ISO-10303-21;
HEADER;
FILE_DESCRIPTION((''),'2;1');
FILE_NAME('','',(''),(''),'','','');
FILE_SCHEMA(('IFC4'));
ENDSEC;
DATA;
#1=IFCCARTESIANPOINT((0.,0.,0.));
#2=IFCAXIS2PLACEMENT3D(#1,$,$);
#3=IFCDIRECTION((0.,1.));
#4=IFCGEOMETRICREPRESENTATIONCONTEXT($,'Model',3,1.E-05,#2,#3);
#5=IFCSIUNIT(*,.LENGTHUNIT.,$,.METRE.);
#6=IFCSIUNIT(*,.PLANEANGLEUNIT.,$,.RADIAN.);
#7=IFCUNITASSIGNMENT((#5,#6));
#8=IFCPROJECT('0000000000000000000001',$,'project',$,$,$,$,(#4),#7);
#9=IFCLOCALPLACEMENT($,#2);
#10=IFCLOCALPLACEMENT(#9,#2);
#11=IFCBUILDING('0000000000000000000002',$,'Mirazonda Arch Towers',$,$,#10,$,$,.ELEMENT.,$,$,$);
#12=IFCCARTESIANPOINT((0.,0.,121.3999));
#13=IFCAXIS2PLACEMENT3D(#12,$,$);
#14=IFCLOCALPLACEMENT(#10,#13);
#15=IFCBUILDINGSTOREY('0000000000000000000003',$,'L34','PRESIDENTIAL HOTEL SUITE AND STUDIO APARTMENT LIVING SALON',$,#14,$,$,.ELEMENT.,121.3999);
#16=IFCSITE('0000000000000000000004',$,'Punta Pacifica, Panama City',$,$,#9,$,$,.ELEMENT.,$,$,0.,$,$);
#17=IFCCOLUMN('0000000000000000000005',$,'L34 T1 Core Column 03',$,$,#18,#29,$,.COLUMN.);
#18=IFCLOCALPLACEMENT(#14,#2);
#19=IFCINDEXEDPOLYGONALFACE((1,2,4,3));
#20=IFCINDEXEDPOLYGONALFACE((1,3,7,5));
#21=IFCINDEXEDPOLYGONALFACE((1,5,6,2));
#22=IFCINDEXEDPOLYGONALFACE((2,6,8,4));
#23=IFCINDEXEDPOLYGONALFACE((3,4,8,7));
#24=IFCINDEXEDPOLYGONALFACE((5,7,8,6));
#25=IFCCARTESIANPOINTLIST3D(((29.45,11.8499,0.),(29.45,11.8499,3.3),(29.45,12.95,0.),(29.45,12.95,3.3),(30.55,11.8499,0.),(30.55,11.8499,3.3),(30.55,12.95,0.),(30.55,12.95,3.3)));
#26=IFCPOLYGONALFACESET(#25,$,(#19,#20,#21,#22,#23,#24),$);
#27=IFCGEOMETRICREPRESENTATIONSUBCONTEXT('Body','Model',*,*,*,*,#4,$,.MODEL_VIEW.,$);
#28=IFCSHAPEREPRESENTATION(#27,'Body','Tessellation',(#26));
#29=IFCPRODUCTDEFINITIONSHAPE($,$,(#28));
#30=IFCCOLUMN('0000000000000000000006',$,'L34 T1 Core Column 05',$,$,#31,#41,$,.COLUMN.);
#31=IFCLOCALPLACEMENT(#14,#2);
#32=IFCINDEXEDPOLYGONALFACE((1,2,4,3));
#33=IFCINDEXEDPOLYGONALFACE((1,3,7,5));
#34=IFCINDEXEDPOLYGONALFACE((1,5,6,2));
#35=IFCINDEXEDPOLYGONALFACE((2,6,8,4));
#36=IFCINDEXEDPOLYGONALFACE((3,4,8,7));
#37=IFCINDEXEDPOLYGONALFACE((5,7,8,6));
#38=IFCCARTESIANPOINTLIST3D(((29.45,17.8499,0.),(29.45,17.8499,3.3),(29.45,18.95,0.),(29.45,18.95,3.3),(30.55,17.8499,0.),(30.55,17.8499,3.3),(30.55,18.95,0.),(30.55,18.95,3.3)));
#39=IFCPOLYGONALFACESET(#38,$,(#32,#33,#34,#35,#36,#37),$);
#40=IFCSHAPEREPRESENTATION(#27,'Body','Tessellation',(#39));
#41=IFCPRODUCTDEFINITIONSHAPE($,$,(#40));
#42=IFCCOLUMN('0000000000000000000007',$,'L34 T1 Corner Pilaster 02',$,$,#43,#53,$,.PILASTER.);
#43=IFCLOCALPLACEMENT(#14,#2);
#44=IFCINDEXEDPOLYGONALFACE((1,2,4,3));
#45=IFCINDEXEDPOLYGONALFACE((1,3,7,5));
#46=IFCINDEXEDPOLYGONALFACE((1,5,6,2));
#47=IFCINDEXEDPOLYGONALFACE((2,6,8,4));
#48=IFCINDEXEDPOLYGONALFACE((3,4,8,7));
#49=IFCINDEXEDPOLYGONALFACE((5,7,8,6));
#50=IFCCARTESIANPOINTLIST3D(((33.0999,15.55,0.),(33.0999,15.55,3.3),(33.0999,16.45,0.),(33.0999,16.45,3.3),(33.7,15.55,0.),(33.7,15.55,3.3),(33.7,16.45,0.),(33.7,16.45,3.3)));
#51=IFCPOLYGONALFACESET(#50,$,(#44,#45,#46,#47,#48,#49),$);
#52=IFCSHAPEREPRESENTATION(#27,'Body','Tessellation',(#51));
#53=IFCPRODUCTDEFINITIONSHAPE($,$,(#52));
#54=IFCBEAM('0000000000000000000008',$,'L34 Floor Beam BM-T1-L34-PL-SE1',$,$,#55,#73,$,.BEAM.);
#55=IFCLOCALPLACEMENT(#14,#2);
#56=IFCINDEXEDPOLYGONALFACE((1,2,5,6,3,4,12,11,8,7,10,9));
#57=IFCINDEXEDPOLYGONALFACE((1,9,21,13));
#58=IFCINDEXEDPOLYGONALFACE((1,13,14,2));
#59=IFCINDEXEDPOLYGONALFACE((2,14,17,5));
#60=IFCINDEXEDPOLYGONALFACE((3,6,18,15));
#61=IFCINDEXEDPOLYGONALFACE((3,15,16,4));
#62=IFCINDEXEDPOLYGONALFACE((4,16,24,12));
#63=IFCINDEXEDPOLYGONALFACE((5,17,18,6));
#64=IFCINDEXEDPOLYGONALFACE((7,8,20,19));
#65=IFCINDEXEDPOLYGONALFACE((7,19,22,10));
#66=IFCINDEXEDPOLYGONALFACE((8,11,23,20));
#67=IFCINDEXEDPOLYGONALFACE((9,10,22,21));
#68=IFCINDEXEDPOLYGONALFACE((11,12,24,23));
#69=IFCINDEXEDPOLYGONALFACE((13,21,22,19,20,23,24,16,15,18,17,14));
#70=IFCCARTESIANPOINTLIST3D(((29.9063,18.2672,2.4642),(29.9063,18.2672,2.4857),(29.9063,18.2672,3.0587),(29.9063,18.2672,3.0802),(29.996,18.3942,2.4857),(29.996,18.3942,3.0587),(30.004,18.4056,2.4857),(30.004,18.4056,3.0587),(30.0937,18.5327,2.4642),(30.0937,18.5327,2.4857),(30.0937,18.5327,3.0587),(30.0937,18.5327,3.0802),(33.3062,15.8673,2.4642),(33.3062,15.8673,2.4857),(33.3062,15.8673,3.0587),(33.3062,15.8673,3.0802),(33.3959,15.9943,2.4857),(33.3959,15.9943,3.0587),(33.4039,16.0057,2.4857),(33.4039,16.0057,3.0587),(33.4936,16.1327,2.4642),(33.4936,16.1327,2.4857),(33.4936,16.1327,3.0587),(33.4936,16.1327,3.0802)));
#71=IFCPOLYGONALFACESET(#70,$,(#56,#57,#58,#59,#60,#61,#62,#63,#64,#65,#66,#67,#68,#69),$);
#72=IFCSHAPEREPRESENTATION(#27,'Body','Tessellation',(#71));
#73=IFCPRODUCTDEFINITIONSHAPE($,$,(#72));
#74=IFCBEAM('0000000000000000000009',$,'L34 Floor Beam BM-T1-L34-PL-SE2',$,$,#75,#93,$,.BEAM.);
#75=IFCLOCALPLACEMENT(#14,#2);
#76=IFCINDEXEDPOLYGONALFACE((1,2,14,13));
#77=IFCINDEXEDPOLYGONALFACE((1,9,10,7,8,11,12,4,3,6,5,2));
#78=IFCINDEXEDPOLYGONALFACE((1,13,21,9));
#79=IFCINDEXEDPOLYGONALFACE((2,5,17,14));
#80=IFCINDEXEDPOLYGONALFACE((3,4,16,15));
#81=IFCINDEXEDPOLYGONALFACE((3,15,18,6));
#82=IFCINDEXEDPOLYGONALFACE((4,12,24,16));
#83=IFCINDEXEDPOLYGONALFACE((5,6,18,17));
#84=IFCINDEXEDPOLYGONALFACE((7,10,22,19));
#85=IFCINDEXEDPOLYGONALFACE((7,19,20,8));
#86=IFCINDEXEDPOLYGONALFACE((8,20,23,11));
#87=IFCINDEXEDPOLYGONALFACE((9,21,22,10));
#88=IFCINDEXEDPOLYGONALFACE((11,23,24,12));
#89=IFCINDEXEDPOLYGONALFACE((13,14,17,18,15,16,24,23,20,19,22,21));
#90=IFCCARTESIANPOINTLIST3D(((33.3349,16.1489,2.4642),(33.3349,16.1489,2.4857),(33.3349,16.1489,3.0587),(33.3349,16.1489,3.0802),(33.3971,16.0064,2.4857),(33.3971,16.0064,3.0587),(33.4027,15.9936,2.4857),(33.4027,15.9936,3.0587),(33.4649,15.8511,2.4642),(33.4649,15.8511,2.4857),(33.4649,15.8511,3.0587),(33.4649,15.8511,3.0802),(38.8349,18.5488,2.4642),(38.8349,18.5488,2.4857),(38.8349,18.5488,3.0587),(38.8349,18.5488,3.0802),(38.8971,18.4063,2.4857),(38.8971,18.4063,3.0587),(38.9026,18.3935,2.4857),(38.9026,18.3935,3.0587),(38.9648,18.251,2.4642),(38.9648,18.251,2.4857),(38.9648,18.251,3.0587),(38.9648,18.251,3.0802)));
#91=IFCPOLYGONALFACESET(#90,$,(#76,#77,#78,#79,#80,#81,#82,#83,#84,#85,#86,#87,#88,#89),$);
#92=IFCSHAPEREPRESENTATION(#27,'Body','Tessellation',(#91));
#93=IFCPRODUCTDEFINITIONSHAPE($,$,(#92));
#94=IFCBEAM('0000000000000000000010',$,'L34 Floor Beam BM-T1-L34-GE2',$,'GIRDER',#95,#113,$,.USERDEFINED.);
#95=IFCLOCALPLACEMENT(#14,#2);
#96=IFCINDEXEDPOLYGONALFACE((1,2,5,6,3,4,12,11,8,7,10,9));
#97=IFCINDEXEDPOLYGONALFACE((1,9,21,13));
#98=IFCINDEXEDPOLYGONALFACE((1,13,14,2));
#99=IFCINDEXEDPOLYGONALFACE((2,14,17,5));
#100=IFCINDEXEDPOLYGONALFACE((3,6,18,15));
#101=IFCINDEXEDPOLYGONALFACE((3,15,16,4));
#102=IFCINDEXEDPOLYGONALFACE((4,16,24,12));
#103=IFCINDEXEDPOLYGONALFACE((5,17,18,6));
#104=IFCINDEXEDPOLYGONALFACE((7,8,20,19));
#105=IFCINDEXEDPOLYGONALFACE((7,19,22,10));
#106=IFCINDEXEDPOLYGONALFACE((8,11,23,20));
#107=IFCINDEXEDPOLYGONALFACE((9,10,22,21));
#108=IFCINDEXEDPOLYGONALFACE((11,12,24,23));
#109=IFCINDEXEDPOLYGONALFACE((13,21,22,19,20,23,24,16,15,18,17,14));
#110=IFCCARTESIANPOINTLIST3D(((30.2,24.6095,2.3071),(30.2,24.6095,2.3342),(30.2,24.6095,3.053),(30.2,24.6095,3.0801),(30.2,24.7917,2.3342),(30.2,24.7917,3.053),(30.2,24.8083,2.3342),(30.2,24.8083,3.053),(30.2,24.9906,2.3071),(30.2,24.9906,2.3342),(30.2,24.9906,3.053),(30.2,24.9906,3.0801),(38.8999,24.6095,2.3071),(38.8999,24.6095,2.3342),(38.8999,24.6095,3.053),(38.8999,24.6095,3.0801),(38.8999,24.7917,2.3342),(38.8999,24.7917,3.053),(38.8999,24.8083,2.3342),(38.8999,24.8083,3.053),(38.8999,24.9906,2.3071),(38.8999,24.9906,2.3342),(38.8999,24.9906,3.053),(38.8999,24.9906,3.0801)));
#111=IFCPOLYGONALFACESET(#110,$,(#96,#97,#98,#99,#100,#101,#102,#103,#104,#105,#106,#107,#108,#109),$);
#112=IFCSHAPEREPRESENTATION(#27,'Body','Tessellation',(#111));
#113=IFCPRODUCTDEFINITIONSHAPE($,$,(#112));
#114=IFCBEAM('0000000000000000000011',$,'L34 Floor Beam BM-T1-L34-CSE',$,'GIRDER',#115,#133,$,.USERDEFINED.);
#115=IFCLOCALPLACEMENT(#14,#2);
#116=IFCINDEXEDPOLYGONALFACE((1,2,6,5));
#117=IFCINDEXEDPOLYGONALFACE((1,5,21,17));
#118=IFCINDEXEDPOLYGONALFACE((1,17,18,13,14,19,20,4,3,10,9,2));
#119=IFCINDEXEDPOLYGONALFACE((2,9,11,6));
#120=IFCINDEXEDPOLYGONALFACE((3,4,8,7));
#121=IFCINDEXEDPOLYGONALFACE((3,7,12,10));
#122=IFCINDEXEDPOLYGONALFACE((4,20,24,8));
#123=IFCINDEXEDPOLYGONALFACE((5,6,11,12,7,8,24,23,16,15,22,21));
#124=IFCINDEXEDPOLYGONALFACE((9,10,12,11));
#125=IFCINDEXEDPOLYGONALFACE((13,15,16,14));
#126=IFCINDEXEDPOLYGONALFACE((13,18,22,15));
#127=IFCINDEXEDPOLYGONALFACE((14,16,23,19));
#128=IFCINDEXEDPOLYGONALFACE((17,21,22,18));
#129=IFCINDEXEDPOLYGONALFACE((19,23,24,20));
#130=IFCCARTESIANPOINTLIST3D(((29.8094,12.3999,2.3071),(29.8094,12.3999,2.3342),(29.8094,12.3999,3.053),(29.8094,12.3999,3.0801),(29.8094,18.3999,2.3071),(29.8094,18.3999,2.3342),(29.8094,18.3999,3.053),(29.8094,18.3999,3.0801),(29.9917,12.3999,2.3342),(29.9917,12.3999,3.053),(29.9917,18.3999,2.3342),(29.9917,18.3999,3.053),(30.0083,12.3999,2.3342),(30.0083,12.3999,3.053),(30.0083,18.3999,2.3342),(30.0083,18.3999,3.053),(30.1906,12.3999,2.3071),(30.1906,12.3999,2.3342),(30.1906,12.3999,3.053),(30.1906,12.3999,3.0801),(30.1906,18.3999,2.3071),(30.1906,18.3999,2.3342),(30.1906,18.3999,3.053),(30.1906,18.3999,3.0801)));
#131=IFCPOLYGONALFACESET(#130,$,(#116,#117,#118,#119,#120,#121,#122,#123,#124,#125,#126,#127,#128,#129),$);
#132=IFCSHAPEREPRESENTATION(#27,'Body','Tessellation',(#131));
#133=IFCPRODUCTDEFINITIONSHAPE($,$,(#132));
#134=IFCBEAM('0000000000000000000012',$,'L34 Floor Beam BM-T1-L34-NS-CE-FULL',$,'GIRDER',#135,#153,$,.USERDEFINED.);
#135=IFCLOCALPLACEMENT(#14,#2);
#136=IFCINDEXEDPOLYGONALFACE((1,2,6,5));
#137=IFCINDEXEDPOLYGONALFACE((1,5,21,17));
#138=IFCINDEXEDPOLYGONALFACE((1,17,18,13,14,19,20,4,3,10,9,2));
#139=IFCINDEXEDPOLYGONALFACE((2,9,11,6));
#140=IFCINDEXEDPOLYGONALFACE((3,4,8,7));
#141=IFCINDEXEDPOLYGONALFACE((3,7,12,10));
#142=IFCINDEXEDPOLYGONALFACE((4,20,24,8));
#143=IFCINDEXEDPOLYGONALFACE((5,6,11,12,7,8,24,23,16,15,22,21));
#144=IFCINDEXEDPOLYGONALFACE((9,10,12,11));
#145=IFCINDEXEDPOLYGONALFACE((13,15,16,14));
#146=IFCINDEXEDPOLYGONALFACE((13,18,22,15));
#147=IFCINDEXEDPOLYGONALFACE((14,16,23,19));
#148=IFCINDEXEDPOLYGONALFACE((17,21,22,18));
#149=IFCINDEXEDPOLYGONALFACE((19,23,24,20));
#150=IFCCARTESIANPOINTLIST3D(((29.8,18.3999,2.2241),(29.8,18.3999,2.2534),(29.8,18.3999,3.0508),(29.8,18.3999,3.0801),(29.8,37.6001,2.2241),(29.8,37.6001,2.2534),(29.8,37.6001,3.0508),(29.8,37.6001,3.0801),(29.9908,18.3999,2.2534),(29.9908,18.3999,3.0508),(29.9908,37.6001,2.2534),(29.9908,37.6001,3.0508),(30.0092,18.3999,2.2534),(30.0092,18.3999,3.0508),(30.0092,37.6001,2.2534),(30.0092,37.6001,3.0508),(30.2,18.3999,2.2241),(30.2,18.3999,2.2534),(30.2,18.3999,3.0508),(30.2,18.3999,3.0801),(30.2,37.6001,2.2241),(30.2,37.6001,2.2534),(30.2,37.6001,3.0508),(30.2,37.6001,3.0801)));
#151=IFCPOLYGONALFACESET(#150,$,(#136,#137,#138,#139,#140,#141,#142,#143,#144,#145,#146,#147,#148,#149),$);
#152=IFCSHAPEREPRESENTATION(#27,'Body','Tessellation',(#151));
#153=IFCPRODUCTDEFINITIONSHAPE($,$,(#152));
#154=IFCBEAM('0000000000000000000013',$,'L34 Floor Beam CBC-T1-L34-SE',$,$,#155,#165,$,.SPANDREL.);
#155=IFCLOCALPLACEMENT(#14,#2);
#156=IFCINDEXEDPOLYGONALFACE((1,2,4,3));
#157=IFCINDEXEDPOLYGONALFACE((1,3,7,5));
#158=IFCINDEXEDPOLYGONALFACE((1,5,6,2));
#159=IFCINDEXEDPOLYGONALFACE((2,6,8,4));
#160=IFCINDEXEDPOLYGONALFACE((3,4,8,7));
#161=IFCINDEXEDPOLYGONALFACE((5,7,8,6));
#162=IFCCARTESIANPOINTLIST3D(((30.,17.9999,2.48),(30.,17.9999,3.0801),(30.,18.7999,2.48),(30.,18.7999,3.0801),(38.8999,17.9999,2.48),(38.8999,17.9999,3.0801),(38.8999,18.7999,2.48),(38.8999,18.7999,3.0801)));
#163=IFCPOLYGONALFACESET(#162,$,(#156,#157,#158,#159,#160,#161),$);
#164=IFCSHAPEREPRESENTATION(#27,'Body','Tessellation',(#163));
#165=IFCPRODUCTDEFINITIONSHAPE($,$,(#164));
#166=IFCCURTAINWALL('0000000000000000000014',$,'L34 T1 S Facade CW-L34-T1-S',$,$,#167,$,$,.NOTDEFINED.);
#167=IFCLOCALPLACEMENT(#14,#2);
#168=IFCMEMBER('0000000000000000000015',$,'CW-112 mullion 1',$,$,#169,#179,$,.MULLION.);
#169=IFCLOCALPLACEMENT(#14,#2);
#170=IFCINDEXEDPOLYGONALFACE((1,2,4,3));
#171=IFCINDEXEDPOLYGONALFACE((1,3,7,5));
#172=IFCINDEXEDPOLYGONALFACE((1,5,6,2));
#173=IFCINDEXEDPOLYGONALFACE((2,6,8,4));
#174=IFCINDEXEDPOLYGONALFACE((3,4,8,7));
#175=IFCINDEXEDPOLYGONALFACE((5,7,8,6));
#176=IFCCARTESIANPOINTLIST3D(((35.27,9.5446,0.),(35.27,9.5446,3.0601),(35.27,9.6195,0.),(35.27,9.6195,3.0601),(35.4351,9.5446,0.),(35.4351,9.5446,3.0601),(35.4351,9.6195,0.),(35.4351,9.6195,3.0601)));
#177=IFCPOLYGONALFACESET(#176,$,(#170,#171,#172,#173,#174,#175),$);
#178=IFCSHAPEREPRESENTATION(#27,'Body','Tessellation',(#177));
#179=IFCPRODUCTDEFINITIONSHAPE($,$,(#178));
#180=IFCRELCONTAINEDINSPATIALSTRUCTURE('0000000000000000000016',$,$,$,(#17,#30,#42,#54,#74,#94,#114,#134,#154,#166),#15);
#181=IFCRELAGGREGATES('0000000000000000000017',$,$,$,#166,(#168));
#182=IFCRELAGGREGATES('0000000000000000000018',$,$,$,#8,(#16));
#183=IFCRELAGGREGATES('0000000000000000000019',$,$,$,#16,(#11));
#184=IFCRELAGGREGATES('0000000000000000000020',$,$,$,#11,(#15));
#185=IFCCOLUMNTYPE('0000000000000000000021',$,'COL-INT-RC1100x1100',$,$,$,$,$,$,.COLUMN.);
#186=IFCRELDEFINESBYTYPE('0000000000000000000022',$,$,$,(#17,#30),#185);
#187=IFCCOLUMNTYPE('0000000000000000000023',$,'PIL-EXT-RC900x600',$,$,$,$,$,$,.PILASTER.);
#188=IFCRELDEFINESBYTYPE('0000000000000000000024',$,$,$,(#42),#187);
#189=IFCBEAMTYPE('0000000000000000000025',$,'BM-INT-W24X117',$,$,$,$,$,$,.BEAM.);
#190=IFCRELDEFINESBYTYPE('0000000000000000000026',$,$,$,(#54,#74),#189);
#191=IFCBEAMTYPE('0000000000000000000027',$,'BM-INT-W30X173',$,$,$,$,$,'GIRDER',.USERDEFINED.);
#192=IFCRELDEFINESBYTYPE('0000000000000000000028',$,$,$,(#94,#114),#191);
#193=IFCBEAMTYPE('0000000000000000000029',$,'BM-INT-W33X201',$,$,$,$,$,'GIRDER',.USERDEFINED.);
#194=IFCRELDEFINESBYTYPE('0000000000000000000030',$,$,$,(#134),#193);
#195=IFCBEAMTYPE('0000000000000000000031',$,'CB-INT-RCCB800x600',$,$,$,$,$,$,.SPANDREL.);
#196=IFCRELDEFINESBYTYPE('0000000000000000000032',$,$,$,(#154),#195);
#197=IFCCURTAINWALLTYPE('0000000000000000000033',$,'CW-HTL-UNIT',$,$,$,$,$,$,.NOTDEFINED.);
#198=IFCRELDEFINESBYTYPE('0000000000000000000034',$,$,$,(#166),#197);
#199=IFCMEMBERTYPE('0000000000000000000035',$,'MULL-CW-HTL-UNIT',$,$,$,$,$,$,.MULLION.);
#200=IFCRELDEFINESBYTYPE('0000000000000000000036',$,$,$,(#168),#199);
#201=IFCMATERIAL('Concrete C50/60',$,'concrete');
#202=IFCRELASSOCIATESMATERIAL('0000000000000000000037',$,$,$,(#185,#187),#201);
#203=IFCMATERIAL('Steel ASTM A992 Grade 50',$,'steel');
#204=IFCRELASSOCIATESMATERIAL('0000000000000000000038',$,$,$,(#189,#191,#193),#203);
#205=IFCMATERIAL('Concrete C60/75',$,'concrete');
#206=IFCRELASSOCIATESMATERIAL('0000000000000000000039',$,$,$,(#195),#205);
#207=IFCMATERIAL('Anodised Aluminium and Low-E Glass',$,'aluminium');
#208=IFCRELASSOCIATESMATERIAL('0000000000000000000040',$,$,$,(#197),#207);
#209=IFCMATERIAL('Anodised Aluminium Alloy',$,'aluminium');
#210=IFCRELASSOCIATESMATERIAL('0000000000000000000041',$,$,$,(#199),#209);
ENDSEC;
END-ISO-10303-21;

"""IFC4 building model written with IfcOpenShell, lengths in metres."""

from ifc_helpers import new_model, si_unit, direction, frame, origin, origin_2d, place, context, subcontext, project, spatial, rectangle, i_section, extrude, material, material_profile, profile_set, type_object, element, aggregate, save


model = new_model("IFC4")

# Units and contexts
model_context = context("Model", 3, precision=1e-05, world=origin(), true_north=direction((0.0, 1.0)))
body_context = subcontext(model_context, "Body", "Model", "MODEL_VIEW")
ifc_project = project(units=[si_unit("LENGTHUNIT", "METRE"), si_unit("PLANEANGLEUNIT", "RADIAN")], contexts=[model_context])

# Site, building, storey
site_placement = place(None, origin())
site = spatial("IfcSite", under=ifc_project, at=site_placement, Name="Punta Pacifica, Panama City", CompositionType="ELEMENT", RefElevation=0.0)
building_placement = place(site_placement, origin())
building = spatial("IfcBuilding", under=site, at=building_placement, Name="Mirazonda Arch Towers", CompositionType="ELEMENT")
storey_placement = place(building_placement, frame((0.0, 0.0, 121.3999)))
storey = spatial("IfcBuildingStorey", under=building, at=storey_placement, Name="L34", Description="PRESIDENTIAL HOTEL SUITE AND STUDIO APARTMENT LIVING SALON", CompositionType="ELEMENT", Elevation=121.3999)

# Columns
ifc_material_1 = material(Name="Concrete C50/60", Category="concrete")
ifc_material_profile_1 = material_profile(ifc_material_1, rectangle(XDim=1.1001, YDim=1.1001, at=origin_2d()), Name="RC1100x1100")
ifc_profile_set_1 = profile_set([ifc_material_profile_1], Name="Concrete C50/60")
column_type_1 = type_object("IfcColumnType", Name="COL-INT-RC1100x1100", PredefinedType="COLUMN", material=ifc_profile_set_1)
for number, where, z_axis, x_axis, name in (
    (1, (30.0, 12.3999, 0.0), (0.0, 0.0, 1.0), (1.0, 0.0, 0.0), "L34 T1 Core Column 03"),
    (2, (30.0, 18.3999, 0.0), (0.0, 0.0, 1.0), (1.0, 0.0, 0.0), "L34 T1 Core Column 05"),
):
    element("IfcColumn", number, at=place(storey_placement, frame(where, z_axis=z_axis, x_axis=x_axis)), inside=storey, type_object=column_type_1, Name=name, PredefinedType="COLUMN", context=body_context, shape_type="SweptSolid", body=[
        extrude(rectangle(XDim=1.1001, YDim=1.1001, at=origin_2d()), origin(), (0.0, 0.0, 1.0), 3.3),
    ])
ifc_material_profile_2 = material_profile(ifc_material_1, rectangle(XDim=0.6001, YDim=0.8999, at=origin_2d()), Name="RC900x600")
ifc_profile_set_2 = profile_set([ifc_material_profile_2], Name="Concrete C50/60")
column_type_2 = type_object("IfcColumnType", Name="PIL-EXT-RC900x600", PredefinedType="PILASTER", material=ifc_profile_set_2)
column_placement = place(storey_placement, frame((33.3999, 16.0, 0.0), z_axis=(0.0, 0.0, 1.0), x_axis=(1.0, 0.0, 0.0)))
element("IfcColumn", 3, at=column_placement, inside=storey, type_object=column_type_2, Name="L34 T1 Corner Pilaster 02", PredefinedType="PILASTER", context=body_context, shape_type="SweptSolid", body=[
    extrude(rectangle(XDim=0.6001, YDim=0.8999, at=origin_2d()), origin(), (0.0, 0.0, 1.0), 3.3),
])

# Beams
ifc_material_2 = material(Name="Steel ASTM A992 Grade 50", Category="steel")
ifc_material_profile_3 = material_profile(ifc_material_2, i_section(OverallWidth=0.325, OverallDepth=0.616, WebThickness=0.0139, FlangeThickness=0.0215, at=origin_2d()), Name="W24X117")
ifc_profile_set_3 = profile_set([ifc_material_profile_3], Name="Steel ASTM A992 Grade 50")
beam_type_1 = type_object("IfcBeamType", Name="BM-INT-W24X117", PredefinedType="BEAM", material=ifc_profile_set_3)
beam_1_placement = place(storey_placement, frame((33.3999, 16.0, 2.7722), z_axis=(-0.816971, 0.576679, 0.0), x_axis=(-0.576679, -0.816971, 0.0)))
element("IfcBeam", 4, at=beam_1_placement, inside=storey, type_object=beam_type_1, Name="L34 Floor Beam BM-T1-L34-PL-SE1", PredefinedType="BEAM", context=body_context, shape_type="SweptSolid", body=[
    extrude(i_section(OverallWidth=0.325, OverallDepth=0.616, WebThickness=0.0139, FlangeThickness=0.0215, at=origin_2d()), origin(), (0.0, 0.0, 1.0), 4.1616),
])
beam_2_placement = place(storey_placement, frame((33.3999, 16.0, 2.7722), z_axis=(0.916545, 0.399931, 0.0), x_axis=(-0.399931, 0.916545, 0.0)))
element("IfcBeam", 5, at=beam_2_placement, inside=storey, type_object=beam_type_1, Name="L34 Floor Beam BM-T1-L34-PL-SE2", PredefinedType="BEAM", context=body_context, shape_type="SweptSolid", body=[
    extrude(i_section(OverallWidth=0.325, OverallDepth=0.616, WebThickness=0.0139, FlangeThickness=0.0215, at=origin_2d()), origin(), (0.0, 0.0, 1.0), 6.0007),
])
ifc_material_profile_4 = material_profile(ifc_material_2, i_section(OverallWidth=0.3811, OverallDepth=0.7729, WebThickness=0.0166, FlangeThickness=0.0271, at=origin_2d()), Name="W30X173")
ifc_profile_set_4 = profile_set([ifc_material_profile_4], Name="Steel ASTM A992 Grade 50")
beam_type_2 = type_object("IfcBeamType", Name="BM-INT-W30X173", ElementType="GIRDER", PredefinedType="USERDEFINED", material=ifc_profile_set_4)
beam_3_placement = place(storey_placement, frame((30.2, 24.8, 2.6936), z_axis=(1.0, 0.0, 0.0), x_axis=(0.0, 1.0, 0.0)))
element("IfcBeam", 6, at=beam_3_placement, inside=storey, type_object=beam_type_2, Name="L34 Floor Beam BM-T1-L34-GE2", ObjectType="GIRDER", PredefinedType="USERDEFINED", context=body_context, shape_type="SweptSolid", body=[
    extrude(i_section(OverallWidth=0.3811, OverallDepth=0.7729, WebThickness=0.0166, FlangeThickness=0.0271, at=origin_2d()), origin(), (0.0, 0.0, 1.0), 8.7),
])
beam_4_placement = place(storey_placement, frame((30.0, 12.3999, 2.6936), z_axis=(0.0, 1.0, 0.0), x_axis=(-1.0, 0.0, 0.0)))
element("IfcBeam", 7, at=beam_4_placement, inside=storey, type_object=beam_type_2, Name="L34 Floor Beam BM-T1-L34-CSE", ObjectType="GIRDER", PredefinedType="USERDEFINED", context=body_context, shape_type="SweptSolid", body=[
    extrude(i_section(OverallWidth=0.3811, OverallDepth=0.7729, WebThickness=0.0166, FlangeThickness=0.0271, at=origin_2d()), origin(), (0.0, 0.0, 1.0), 6.0),
])
ifc_material_profile_5 = material_profile(ifc_material_2, i_section(OverallWidth=0.3999, OverallDepth=0.856, WebThickness=0.0183, FlangeThickness=0.0293, at=origin_2d()), Name="W33X201")
ifc_profile_set_5 = profile_set([ifc_material_profile_5], Name="Steel ASTM A992 Grade 50")
beam_type_3 = type_object("IfcBeamType", Name="BM-INT-W33X201", ElementType="GIRDER", PredefinedType="USERDEFINED", material=ifc_profile_set_5)
beam_5_placement = place(storey_placement, frame((30.0, 18.3999, 2.6521), z_axis=(0.0, 1.0, 0.0), x_axis=(-1.0, 0.0, 0.0)))
element("IfcBeam", 8, at=beam_5_placement, inside=storey, type_object=beam_type_3, Name="L34 Floor Beam BM-T1-L34-NS-CE-FULL", ObjectType="GIRDER", PredefinedType="USERDEFINED", context=body_context, shape_type="SweptSolid", body=[
    extrude(i_section(OverallWidth=0.3999, OverallDepth=0.856, WebThickness=0.0183, FlangeThickness=0.0293, at=origin_2d()), origin(), (0.0, 0.0, 1.0), 19.2002),
])
ifc_material_3 = material(Name="Concrete C60/75", Category="concrete")
ifc_material_profile_6 = material_profile(ifc_material_3, rectangle(XDim=0.8, YDim=0.6001, at=origin_2d()), Name="RCCB800x600")
ifc_profile_set_6 = profile_set([ifc_material_profile_6], Name="Concrete C60/75")
beam_type_4 = type_object("IfcBeamType", Name="CB-INT-RCCB800x600", PredefinedType="SPANDREL", material=ifc_profile_set_6)
beam_6_placement = place(storey_placement, frame((30.0, 18.3999, 2.78), z_axis=(1.0, 0.0, 0.0), x_axis=(0.0, 1.0, 0.0)))
element("IfcBeam", 9, at=beam_6_placement, inside=storey, type_object=beam_type_4, Name="L34 Floor Beam CBC-T1-L34-SE", PredefinedType="SPANDREL", context=body_context, shape_type="SweptSolid", body=[
    extrude(rectangle(XDim=0.8, YDim=0.6001, at=origin_2d()), origin(), (0.0, 0.0, 1.0), 8.8999),
])

# Curtain wall, member
ifc_material_4 = material(Name="Anodised Aluminium and Low-E Glass", Category="aluminium")
curtain_wall_type = type_object("IfcCurtainWallType", Name="CW-HTL-UNIT", PredefinedType="NOTDEFINED", material=ifc_material_4)
curtain_wall_placement = place(storey_placement, origin())
curtain_wall = element("IfcCurtainWall", 10, at=curtain_wall_placement, inside=storey, type_object=curtain_wall_type, Name="L34 T1 S Facade CW-L34-T1-S", PredefinedType="NOTDEFINED")
ifc_material_5 = material(Name="Anodised Aluminium Alloy", Category="aluminium")
ifc_material_profile_7 = material_profile(ifc_material_5, rectangle(XDim=0.075, YDim=0.165, at=origin_2d()), Name="ALU-MULL-75x165")
ifc_profile_set_7 = profile_set([ifc_material_profile_7], Name="Anodised Aluminium Alloy")
member_type_1 = type_object("IfcMemberType", Name="MULL-CW-HTL-UNIT", PredefinedType="MULLION", material=ifc_profile_set_7)
member_1_placement = place(storey_placement, frame((35.3525, 9.582, 0.0), z_axis=(0.0, 0.0, 1.0), x_axis=(0.0, -1.0, 0.0)))
member_1 = element("IfcMember", 11, at=member_1_placement, type_object=member_type_1, Name="CW-112 mullion 1", PredefinedType="MULLION", context=body_context, shape_type="SweptSolid", body=[
    extrude(rectangle(XDim=0.075, YDim=0.165, at=origin_2d()), origin(), (0.0, 0.0, 1.0), 3.0601),
])
aggregate(curtain_wall, [member_1])

save(model, "model.ifc")
